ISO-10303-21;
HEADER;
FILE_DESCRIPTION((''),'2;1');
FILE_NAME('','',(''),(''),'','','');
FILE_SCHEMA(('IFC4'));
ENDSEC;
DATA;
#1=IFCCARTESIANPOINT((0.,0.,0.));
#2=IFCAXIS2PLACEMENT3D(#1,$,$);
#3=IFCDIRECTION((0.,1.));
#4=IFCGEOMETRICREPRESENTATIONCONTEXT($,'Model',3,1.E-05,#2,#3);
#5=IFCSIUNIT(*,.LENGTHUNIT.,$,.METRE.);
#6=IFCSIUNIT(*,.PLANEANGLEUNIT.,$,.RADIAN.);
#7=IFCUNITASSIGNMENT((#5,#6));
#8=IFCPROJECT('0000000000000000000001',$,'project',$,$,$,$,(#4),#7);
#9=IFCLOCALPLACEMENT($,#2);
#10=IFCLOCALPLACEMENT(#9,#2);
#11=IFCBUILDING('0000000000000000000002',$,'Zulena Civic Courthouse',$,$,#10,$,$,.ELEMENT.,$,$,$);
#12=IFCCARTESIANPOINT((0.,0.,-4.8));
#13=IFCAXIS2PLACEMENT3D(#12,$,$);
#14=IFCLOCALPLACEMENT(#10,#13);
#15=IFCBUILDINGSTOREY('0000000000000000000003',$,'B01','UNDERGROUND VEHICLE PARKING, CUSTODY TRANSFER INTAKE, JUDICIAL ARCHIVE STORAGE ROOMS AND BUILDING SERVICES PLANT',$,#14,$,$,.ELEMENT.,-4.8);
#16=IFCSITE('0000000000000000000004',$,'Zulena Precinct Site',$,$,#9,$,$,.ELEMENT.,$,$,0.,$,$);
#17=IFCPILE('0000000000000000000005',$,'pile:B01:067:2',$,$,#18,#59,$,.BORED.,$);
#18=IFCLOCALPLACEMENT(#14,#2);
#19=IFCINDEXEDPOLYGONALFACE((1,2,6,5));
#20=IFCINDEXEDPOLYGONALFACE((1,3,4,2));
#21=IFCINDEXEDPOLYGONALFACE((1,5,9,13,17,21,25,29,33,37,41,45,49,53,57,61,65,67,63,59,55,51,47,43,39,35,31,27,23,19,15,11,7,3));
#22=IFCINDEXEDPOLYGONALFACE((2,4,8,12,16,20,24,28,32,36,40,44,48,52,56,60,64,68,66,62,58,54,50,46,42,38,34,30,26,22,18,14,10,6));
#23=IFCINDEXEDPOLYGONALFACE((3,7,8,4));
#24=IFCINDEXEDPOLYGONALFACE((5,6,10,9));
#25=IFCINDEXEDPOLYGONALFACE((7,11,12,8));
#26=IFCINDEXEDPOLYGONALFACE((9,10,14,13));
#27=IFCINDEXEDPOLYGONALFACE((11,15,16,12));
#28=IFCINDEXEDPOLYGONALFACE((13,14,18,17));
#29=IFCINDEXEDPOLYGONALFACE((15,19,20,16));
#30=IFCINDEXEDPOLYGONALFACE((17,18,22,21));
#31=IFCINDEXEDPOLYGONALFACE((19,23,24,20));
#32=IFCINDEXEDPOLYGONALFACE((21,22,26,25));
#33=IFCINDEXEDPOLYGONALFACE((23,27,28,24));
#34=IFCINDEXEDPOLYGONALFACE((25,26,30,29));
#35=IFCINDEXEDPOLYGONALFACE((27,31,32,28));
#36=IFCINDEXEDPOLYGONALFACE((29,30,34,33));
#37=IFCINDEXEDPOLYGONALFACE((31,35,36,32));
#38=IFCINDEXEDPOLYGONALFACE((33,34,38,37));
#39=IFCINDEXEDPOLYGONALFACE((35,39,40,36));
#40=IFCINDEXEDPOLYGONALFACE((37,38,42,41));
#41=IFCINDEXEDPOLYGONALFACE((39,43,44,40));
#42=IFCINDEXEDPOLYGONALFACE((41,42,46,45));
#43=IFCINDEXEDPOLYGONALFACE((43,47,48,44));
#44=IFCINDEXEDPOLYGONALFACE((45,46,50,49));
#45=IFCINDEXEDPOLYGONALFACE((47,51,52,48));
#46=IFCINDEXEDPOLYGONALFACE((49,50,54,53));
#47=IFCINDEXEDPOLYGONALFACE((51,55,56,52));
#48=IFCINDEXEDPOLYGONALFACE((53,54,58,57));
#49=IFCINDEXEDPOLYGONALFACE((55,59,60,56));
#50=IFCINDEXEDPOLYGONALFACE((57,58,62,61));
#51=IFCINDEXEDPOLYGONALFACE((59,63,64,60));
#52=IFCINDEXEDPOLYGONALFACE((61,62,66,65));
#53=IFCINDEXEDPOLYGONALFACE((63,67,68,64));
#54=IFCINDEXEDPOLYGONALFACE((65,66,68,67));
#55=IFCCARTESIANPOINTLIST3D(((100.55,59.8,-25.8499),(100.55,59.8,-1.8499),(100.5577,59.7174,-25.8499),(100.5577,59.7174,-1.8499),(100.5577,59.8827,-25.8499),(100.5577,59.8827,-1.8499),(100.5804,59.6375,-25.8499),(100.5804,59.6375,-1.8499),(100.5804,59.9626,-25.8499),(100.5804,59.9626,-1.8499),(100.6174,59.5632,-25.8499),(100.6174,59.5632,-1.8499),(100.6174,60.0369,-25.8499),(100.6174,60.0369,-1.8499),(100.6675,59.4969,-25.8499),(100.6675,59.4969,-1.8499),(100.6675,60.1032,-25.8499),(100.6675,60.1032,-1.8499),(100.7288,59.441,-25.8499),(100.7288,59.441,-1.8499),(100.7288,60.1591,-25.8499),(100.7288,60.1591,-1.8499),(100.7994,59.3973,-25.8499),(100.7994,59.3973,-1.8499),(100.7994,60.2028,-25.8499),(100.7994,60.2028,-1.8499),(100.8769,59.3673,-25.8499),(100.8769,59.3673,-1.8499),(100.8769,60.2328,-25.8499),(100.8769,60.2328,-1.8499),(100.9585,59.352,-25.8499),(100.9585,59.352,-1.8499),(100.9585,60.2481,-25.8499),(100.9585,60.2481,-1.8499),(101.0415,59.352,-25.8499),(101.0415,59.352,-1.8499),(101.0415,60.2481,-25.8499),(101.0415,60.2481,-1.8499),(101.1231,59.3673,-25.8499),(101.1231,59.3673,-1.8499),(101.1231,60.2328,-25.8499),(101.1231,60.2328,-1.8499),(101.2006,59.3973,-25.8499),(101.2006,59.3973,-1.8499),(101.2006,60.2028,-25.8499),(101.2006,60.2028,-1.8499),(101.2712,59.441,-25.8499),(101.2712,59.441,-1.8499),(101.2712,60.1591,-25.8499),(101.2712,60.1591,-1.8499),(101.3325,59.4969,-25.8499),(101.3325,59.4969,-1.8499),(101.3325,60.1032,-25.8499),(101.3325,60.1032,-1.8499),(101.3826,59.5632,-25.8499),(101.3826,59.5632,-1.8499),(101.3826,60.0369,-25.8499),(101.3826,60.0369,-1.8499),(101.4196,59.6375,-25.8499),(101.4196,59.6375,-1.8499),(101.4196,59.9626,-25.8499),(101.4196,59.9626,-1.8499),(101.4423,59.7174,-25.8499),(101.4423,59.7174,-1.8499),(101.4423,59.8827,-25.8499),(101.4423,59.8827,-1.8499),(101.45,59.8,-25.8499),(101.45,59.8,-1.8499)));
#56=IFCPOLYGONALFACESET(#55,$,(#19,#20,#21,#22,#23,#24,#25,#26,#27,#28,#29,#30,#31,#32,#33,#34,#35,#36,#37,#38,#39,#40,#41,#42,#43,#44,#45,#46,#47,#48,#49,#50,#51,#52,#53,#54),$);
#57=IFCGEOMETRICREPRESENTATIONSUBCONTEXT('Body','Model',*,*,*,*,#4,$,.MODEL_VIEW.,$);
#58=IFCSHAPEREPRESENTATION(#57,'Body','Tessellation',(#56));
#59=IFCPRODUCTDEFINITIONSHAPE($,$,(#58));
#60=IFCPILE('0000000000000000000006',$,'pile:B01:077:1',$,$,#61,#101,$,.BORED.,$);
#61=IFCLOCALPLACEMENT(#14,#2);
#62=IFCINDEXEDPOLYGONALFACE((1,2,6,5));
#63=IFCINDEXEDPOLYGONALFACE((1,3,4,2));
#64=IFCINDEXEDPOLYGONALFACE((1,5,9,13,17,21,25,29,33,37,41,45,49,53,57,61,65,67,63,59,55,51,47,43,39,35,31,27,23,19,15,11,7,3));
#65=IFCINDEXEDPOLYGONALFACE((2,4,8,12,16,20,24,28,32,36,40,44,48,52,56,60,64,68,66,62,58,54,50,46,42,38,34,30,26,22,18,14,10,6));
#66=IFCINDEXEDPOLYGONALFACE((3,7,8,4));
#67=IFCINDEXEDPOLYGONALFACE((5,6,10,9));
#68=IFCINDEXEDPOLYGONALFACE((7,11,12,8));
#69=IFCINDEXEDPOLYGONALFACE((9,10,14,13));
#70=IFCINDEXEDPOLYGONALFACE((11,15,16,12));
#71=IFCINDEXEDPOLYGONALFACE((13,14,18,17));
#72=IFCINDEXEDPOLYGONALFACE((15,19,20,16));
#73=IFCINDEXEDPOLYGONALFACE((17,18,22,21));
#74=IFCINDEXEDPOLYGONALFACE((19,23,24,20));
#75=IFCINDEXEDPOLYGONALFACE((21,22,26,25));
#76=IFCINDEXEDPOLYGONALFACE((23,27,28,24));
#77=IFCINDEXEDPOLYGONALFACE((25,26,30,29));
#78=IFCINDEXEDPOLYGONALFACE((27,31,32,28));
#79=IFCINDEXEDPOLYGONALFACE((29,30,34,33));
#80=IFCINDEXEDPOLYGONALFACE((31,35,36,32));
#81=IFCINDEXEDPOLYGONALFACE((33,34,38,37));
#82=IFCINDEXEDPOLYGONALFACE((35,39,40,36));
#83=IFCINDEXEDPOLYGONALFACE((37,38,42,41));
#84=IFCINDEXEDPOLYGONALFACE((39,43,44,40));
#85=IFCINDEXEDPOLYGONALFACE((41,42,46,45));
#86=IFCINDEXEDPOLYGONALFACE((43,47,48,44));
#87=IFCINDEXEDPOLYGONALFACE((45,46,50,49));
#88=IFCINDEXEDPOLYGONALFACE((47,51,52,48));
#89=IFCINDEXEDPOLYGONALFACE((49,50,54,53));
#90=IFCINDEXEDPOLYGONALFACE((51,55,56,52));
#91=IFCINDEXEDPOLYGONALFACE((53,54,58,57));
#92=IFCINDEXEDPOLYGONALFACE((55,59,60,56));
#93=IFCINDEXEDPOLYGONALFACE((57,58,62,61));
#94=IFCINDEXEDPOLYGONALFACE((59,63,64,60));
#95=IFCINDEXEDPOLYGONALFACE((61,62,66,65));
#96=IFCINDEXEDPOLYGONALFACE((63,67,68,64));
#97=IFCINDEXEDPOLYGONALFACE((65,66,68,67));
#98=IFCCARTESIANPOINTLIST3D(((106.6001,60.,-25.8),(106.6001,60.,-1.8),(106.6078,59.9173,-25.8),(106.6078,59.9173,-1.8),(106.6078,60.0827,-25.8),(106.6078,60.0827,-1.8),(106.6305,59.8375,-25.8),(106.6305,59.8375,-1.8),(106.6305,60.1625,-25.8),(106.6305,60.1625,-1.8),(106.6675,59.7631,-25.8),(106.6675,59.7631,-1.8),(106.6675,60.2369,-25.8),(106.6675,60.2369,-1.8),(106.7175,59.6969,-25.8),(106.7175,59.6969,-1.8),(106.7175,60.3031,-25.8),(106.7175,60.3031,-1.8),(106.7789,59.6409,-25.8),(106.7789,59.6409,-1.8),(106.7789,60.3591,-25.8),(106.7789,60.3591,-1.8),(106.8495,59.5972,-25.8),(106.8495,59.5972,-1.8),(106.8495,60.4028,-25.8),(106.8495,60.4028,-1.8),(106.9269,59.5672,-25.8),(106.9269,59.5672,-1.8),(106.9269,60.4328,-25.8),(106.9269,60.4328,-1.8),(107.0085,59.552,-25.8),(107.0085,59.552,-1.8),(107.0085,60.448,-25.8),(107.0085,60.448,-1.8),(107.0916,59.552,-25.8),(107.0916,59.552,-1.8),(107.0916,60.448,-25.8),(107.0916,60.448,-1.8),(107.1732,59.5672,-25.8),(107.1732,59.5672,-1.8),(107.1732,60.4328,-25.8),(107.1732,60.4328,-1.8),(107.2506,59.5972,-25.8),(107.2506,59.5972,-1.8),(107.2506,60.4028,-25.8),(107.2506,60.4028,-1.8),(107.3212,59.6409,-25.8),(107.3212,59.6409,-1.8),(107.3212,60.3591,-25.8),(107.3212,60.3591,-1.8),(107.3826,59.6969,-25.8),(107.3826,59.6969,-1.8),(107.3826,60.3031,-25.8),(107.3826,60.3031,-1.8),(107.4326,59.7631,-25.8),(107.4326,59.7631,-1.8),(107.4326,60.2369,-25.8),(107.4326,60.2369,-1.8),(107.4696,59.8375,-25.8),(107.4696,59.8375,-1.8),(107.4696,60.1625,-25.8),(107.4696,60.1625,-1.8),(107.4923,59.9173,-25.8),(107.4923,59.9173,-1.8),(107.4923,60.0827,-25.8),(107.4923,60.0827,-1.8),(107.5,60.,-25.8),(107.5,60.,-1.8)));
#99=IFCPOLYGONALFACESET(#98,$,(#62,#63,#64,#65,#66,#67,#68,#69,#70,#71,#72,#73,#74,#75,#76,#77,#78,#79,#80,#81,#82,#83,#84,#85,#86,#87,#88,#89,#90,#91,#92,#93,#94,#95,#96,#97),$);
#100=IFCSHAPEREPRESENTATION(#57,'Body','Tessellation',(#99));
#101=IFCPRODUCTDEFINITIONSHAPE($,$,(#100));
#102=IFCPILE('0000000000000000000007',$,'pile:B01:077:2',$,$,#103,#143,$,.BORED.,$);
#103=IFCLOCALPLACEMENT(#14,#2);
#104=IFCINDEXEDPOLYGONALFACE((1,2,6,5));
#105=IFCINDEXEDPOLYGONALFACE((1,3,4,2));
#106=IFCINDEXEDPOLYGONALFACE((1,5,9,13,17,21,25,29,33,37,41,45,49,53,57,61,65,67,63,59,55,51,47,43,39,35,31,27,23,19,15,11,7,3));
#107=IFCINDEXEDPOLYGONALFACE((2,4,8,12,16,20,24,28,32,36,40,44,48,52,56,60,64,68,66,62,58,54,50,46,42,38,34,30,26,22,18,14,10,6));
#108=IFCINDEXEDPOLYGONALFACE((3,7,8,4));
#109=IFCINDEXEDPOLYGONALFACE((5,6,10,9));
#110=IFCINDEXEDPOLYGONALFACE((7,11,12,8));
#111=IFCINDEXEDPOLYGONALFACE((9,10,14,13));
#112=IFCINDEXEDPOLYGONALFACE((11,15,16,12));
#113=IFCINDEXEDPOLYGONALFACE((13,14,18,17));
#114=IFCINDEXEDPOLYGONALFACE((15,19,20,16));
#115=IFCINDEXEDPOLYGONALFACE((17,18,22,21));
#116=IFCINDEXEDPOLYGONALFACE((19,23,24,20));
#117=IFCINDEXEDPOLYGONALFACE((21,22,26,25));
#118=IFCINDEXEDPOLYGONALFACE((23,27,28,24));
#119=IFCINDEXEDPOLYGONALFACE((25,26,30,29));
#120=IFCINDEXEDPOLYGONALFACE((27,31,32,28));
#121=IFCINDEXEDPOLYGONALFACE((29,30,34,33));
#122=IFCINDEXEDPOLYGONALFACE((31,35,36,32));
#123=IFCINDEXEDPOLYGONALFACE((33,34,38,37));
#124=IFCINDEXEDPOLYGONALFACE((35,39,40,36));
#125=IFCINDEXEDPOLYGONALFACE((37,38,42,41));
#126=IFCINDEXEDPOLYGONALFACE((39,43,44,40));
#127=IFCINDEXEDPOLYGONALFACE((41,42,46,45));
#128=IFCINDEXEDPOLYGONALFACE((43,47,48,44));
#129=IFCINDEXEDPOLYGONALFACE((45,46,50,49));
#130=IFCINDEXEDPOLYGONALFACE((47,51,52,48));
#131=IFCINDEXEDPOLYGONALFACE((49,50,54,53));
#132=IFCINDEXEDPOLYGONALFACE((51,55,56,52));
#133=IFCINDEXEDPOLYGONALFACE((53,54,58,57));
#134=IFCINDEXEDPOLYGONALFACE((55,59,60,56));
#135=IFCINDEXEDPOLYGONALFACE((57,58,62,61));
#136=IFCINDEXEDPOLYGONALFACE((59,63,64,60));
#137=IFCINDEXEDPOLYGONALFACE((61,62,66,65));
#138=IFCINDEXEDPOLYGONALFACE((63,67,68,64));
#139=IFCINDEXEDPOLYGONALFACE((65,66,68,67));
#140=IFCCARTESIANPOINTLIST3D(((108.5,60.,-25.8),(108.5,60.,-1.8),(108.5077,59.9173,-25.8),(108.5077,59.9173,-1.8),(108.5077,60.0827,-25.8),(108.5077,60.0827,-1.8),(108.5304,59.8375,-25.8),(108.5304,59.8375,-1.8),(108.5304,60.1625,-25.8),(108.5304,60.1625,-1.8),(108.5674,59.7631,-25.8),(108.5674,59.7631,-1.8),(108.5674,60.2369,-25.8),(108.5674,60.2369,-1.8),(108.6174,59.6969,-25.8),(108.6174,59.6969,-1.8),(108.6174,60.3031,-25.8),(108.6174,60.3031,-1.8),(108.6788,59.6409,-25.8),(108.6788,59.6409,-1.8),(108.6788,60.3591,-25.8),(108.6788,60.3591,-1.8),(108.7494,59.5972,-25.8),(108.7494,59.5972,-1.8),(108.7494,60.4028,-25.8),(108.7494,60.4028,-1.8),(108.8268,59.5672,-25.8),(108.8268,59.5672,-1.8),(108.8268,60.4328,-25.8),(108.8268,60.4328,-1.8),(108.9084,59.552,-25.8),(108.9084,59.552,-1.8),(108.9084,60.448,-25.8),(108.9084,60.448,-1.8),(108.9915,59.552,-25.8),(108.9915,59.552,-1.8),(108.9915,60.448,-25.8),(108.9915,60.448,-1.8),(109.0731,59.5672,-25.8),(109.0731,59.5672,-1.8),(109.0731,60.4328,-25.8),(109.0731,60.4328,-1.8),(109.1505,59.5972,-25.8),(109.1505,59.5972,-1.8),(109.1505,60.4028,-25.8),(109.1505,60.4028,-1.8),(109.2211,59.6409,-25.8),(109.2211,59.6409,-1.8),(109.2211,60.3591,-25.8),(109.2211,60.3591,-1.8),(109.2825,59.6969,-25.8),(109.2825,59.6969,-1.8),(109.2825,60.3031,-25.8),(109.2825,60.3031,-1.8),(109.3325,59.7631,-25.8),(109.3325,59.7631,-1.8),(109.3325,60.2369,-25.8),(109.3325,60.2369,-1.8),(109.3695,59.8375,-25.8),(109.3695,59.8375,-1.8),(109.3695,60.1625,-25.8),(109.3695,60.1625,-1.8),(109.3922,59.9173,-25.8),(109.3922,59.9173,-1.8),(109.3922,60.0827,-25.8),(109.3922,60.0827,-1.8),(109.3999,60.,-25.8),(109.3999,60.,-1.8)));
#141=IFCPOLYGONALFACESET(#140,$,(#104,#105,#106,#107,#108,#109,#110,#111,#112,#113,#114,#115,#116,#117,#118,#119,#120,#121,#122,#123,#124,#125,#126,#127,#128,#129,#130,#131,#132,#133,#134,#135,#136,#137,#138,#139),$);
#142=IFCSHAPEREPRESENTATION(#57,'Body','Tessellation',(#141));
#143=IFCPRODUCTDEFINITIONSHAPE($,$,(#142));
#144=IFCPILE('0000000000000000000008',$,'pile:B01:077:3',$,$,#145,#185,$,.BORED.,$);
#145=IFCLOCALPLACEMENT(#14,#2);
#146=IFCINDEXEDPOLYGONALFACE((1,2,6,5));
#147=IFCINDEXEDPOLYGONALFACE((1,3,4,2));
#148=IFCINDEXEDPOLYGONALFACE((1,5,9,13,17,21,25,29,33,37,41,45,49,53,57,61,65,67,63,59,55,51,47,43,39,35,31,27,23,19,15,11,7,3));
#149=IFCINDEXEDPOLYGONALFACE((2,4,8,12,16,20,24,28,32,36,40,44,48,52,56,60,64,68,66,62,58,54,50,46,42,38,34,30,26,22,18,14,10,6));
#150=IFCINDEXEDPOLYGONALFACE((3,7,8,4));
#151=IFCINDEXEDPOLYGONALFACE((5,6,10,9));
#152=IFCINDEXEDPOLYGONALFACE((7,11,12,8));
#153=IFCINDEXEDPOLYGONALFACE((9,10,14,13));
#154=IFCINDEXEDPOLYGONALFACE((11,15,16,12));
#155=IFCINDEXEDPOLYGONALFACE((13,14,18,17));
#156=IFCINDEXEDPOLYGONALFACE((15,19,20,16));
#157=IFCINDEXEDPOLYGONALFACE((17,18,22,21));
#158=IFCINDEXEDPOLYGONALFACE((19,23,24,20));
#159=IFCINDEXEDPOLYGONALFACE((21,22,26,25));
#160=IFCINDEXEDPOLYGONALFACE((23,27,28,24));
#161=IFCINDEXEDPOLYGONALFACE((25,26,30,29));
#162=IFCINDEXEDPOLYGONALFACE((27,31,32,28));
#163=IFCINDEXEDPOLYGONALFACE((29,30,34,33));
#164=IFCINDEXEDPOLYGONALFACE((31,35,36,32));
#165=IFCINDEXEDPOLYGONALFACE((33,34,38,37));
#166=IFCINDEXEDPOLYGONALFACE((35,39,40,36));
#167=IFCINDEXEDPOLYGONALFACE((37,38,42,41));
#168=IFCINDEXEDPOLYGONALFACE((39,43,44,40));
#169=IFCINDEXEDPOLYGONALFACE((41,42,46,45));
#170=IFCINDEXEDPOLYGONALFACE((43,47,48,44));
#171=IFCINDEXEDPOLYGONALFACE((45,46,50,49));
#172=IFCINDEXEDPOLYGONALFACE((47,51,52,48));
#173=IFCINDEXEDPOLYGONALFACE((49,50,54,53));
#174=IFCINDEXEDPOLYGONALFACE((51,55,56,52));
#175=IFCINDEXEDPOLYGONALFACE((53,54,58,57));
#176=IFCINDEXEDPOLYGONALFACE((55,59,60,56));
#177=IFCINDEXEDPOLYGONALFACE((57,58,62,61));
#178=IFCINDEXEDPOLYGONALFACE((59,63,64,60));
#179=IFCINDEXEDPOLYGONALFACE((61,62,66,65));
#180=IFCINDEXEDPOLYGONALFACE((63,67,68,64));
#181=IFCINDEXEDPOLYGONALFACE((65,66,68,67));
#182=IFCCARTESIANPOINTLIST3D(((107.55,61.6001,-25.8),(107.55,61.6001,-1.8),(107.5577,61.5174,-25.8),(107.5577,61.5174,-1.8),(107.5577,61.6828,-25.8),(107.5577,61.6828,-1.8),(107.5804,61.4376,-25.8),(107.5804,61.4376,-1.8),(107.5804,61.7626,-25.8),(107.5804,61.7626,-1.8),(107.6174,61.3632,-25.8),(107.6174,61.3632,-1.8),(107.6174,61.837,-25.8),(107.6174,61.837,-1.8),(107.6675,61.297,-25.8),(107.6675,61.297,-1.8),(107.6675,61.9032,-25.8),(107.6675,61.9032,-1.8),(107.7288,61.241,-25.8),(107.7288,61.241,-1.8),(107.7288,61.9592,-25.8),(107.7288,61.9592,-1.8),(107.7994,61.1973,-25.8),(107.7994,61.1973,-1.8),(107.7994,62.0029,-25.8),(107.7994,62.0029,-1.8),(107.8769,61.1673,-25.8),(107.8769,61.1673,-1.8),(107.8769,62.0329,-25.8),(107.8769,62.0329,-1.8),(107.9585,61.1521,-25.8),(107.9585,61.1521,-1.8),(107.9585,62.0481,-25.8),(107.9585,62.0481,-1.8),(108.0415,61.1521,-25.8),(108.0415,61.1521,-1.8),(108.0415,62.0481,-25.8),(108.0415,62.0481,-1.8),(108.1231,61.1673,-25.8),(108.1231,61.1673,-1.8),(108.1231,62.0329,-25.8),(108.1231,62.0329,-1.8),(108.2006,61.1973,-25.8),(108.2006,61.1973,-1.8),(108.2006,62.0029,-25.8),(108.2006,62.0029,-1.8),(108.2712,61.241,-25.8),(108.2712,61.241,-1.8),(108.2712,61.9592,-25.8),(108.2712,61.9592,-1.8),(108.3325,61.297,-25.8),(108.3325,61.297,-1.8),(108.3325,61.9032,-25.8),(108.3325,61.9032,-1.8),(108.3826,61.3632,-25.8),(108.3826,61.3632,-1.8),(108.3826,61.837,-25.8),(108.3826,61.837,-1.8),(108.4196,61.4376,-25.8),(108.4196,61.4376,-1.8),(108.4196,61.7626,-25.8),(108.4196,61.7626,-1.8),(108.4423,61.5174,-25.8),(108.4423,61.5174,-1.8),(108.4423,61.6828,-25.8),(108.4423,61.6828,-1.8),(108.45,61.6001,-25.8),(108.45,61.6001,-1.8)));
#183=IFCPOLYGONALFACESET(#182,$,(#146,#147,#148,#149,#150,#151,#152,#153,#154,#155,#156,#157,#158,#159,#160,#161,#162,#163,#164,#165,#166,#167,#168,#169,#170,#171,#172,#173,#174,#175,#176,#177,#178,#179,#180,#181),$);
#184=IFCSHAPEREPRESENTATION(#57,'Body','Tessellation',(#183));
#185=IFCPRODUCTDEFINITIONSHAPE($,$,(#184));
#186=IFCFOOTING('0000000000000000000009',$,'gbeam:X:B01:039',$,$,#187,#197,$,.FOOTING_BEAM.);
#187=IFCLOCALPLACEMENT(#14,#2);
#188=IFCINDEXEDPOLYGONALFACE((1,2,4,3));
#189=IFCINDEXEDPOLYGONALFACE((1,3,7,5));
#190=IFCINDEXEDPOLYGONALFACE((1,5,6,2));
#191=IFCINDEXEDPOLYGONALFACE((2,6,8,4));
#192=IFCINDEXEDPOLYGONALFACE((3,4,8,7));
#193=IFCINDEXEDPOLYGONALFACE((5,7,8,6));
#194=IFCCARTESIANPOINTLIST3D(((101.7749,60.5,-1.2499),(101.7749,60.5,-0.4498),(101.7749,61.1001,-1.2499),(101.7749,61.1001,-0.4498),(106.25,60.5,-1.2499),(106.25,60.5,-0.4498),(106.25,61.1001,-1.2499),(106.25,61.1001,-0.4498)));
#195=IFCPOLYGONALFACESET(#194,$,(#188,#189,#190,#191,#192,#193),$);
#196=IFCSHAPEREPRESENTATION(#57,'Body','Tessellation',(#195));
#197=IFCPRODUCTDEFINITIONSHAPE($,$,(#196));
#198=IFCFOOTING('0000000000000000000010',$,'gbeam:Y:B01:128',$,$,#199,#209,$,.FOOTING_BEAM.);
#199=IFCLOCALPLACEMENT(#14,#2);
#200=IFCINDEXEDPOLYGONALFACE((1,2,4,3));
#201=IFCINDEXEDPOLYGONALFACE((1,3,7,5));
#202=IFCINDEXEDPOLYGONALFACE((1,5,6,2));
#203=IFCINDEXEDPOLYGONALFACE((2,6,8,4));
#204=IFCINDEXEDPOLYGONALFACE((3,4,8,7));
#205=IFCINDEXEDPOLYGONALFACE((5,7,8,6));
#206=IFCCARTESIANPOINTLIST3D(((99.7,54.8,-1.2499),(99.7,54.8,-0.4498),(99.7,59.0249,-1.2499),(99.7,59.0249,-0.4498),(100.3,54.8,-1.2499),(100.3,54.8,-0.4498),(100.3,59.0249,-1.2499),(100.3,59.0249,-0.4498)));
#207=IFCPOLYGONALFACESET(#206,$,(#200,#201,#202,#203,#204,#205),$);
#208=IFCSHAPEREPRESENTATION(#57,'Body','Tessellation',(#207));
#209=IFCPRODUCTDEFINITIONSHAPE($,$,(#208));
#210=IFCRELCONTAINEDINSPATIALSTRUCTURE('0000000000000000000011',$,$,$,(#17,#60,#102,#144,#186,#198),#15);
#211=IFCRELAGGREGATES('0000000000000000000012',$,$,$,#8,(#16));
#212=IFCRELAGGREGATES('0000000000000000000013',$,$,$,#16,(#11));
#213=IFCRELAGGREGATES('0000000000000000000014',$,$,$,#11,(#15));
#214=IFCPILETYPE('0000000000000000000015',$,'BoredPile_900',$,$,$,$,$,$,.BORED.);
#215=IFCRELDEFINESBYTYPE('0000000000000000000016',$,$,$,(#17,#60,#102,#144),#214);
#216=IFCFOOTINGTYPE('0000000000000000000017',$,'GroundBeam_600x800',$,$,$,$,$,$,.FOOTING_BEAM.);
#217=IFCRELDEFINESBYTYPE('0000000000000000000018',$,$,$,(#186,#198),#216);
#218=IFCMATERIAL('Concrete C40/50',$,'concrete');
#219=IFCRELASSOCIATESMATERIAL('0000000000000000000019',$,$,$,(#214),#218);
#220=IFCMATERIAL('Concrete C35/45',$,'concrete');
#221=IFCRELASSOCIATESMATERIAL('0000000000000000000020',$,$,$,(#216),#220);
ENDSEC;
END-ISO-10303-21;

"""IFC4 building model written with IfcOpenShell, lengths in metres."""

from ifc_helpers import new_model, si_unit, direction, frame, origin, origin_2d, place, context, subcontext, project, spatial, rectangle, circle, extrude, material, material_profile, profile_set, type_object, element, save


model = new_model("IFC4")

# Units and contexts
model_context = context("Model", 3, precision=1e-05, world=origin(), true_north=direction((0.0, 1.0)))
body_context = subcontext(model_context, "Body", "Model", "MODEL_VIEW")
ifc_project = project(units=[si_unit("LENGTHUNIT", "METRE"), si_unit("PLANEANGLEUNIT", "RADIAN")], contexts=[model_context])

# Site, building, storey
site_placement = place(None, origin())
site = spatial("IfcSite", under=ifc_project, at=site_placement, Name="Zulena Precinct Site", CompositionType="ELEMENT", RefElevation=0.0)
building_placement = place(site_placement, origin())
building = spatial("IfcBuilding", under=site, at=building_placement, Name="Zulena Civic Courthouse", CompositionType="ELEMENT")
storey_placement = place(building_placement, frame((0.0, 0.0, -4.8)))
storey = spatial("IfcBuildingStorey", under=building, at=storey_placement, Name="B01", Description="UNDERGROUND VEHICLE PARKING, CUSTODY TRANSFER INTAKE, JUDICIAL ARCHIVE STORAGE ROOMS AND BUILDING SERVICES PLANT", CompositionType="ELEMENT", Elevation=-4.8)

# Piles
ifc_material_1 = material(Name="Concrete C40/50", Category="concrete")
ifc_material_profile_1 = material_profile(ifc_material_1, circle(Radius=0.45, at=origin_2d()), Name="PILE900")
ifc_profile_set_1 = profile_set([ifc_material_profile_1], Name="Concrete C40/50")
pile_type_1 = type_object("IfcPileType", Name="BoredPile_900", PredefinedType="BORED", material=ifc_profile_set_1)
for number, where, z_axis, x_axis, name in (
    (1, (101.0, 59.8, -1.8499), (0.0, 0.0, -1.0), (1.0, 0.0, 0.0), "pile:B01:067:2"),
    (2, (107.05, 60.0, -1.8), (0.0, 0.0, -1.0), (1.0, 0.0, 0.0), "pile:B01:077:1"),
    (3, (108.95, 60.0, -1.8), (0.0, 0.0, -1.0), (1.0, 0.0, 0.0), "pile:B01:077:2"),
    (4, (108.0, 61.6001, -1.8), (0.0, 0.0, -1.0), (1.0, 0.0, 0.0), "pile:B01:077:3"),
):
    element("IfcPile", number, at=place(storey_placement, frame(where, z_axis=z_axis, x_axis=x_axis)), inside=storey, type_object=pile_type_1, Name=name, PredefinedType="BORED", context=body_context, shape_type="SweptSolid", body=[
        extrude(circle(Radius=0.45, at=origin_2d()), origin(), (0.0, 0.0, 1.0), 24.0),
    ])

# Footings
ifc_material_2 = material(Name="Concrete C35/45", Category="concrete")
ifc_material_profile_2 = material_profile(ifc_material_2, rectangle(XDim=0.6001, YDim=0.8, at=origin_2d()), Name="RC600X800")
ifc_profile_set_2 = profile_set([ifc_material_profile_2], Name="Concrete C35/45")
footing_type_1 = type_object("IfcFootingType", Name="GroundBeam_600x800", PredefinedType="FOOTING_BEAM", material=ifc_profile_set_2)
footing_1_placement = place(storey_placement, frame((101.7749, 60.8, -0.8499), z_axis=(1.0, 0.0, 0.0), x_axis=(0.0, 1.0, 0.0)))
element("IfcFooting", 5, at=footing_1_placement, inside=storey, type_object=footing_type_1, Name="gbeam:X:B01:039", PredefinedType="FOOTING_BEAM", context=body_context, shape_type="SweptSolid", body=[
    extrude(rectangle(XDim=0.6001, YDim=0.8, at=origin_2d()), origin(), (0.0, 0.0, 1.0), 4.4751),
])
footing_2_placement = place(storey_placement, frame((100.0, 54.8, -0.8499), z_axis=(0.0, 1.0, 0.0), x_axis=(-1.0, 0.0, 0.0)))
element("IfcFooting", 6, at=footing_2_placement, inside=storey, type_object=footing_type_1, Name="gbeam:Y:B01:128", PredefinedType="FOOTING_BEAM", context=body_context, shape_type="SweptSolid", body=[
    extrude(rectangle(XDim=0.6001, YDim=0.8, at=origin_2d()), origin(), (0.0, 0.0, 1.0), 4.2249),
])

save(model, "model.ifc")
